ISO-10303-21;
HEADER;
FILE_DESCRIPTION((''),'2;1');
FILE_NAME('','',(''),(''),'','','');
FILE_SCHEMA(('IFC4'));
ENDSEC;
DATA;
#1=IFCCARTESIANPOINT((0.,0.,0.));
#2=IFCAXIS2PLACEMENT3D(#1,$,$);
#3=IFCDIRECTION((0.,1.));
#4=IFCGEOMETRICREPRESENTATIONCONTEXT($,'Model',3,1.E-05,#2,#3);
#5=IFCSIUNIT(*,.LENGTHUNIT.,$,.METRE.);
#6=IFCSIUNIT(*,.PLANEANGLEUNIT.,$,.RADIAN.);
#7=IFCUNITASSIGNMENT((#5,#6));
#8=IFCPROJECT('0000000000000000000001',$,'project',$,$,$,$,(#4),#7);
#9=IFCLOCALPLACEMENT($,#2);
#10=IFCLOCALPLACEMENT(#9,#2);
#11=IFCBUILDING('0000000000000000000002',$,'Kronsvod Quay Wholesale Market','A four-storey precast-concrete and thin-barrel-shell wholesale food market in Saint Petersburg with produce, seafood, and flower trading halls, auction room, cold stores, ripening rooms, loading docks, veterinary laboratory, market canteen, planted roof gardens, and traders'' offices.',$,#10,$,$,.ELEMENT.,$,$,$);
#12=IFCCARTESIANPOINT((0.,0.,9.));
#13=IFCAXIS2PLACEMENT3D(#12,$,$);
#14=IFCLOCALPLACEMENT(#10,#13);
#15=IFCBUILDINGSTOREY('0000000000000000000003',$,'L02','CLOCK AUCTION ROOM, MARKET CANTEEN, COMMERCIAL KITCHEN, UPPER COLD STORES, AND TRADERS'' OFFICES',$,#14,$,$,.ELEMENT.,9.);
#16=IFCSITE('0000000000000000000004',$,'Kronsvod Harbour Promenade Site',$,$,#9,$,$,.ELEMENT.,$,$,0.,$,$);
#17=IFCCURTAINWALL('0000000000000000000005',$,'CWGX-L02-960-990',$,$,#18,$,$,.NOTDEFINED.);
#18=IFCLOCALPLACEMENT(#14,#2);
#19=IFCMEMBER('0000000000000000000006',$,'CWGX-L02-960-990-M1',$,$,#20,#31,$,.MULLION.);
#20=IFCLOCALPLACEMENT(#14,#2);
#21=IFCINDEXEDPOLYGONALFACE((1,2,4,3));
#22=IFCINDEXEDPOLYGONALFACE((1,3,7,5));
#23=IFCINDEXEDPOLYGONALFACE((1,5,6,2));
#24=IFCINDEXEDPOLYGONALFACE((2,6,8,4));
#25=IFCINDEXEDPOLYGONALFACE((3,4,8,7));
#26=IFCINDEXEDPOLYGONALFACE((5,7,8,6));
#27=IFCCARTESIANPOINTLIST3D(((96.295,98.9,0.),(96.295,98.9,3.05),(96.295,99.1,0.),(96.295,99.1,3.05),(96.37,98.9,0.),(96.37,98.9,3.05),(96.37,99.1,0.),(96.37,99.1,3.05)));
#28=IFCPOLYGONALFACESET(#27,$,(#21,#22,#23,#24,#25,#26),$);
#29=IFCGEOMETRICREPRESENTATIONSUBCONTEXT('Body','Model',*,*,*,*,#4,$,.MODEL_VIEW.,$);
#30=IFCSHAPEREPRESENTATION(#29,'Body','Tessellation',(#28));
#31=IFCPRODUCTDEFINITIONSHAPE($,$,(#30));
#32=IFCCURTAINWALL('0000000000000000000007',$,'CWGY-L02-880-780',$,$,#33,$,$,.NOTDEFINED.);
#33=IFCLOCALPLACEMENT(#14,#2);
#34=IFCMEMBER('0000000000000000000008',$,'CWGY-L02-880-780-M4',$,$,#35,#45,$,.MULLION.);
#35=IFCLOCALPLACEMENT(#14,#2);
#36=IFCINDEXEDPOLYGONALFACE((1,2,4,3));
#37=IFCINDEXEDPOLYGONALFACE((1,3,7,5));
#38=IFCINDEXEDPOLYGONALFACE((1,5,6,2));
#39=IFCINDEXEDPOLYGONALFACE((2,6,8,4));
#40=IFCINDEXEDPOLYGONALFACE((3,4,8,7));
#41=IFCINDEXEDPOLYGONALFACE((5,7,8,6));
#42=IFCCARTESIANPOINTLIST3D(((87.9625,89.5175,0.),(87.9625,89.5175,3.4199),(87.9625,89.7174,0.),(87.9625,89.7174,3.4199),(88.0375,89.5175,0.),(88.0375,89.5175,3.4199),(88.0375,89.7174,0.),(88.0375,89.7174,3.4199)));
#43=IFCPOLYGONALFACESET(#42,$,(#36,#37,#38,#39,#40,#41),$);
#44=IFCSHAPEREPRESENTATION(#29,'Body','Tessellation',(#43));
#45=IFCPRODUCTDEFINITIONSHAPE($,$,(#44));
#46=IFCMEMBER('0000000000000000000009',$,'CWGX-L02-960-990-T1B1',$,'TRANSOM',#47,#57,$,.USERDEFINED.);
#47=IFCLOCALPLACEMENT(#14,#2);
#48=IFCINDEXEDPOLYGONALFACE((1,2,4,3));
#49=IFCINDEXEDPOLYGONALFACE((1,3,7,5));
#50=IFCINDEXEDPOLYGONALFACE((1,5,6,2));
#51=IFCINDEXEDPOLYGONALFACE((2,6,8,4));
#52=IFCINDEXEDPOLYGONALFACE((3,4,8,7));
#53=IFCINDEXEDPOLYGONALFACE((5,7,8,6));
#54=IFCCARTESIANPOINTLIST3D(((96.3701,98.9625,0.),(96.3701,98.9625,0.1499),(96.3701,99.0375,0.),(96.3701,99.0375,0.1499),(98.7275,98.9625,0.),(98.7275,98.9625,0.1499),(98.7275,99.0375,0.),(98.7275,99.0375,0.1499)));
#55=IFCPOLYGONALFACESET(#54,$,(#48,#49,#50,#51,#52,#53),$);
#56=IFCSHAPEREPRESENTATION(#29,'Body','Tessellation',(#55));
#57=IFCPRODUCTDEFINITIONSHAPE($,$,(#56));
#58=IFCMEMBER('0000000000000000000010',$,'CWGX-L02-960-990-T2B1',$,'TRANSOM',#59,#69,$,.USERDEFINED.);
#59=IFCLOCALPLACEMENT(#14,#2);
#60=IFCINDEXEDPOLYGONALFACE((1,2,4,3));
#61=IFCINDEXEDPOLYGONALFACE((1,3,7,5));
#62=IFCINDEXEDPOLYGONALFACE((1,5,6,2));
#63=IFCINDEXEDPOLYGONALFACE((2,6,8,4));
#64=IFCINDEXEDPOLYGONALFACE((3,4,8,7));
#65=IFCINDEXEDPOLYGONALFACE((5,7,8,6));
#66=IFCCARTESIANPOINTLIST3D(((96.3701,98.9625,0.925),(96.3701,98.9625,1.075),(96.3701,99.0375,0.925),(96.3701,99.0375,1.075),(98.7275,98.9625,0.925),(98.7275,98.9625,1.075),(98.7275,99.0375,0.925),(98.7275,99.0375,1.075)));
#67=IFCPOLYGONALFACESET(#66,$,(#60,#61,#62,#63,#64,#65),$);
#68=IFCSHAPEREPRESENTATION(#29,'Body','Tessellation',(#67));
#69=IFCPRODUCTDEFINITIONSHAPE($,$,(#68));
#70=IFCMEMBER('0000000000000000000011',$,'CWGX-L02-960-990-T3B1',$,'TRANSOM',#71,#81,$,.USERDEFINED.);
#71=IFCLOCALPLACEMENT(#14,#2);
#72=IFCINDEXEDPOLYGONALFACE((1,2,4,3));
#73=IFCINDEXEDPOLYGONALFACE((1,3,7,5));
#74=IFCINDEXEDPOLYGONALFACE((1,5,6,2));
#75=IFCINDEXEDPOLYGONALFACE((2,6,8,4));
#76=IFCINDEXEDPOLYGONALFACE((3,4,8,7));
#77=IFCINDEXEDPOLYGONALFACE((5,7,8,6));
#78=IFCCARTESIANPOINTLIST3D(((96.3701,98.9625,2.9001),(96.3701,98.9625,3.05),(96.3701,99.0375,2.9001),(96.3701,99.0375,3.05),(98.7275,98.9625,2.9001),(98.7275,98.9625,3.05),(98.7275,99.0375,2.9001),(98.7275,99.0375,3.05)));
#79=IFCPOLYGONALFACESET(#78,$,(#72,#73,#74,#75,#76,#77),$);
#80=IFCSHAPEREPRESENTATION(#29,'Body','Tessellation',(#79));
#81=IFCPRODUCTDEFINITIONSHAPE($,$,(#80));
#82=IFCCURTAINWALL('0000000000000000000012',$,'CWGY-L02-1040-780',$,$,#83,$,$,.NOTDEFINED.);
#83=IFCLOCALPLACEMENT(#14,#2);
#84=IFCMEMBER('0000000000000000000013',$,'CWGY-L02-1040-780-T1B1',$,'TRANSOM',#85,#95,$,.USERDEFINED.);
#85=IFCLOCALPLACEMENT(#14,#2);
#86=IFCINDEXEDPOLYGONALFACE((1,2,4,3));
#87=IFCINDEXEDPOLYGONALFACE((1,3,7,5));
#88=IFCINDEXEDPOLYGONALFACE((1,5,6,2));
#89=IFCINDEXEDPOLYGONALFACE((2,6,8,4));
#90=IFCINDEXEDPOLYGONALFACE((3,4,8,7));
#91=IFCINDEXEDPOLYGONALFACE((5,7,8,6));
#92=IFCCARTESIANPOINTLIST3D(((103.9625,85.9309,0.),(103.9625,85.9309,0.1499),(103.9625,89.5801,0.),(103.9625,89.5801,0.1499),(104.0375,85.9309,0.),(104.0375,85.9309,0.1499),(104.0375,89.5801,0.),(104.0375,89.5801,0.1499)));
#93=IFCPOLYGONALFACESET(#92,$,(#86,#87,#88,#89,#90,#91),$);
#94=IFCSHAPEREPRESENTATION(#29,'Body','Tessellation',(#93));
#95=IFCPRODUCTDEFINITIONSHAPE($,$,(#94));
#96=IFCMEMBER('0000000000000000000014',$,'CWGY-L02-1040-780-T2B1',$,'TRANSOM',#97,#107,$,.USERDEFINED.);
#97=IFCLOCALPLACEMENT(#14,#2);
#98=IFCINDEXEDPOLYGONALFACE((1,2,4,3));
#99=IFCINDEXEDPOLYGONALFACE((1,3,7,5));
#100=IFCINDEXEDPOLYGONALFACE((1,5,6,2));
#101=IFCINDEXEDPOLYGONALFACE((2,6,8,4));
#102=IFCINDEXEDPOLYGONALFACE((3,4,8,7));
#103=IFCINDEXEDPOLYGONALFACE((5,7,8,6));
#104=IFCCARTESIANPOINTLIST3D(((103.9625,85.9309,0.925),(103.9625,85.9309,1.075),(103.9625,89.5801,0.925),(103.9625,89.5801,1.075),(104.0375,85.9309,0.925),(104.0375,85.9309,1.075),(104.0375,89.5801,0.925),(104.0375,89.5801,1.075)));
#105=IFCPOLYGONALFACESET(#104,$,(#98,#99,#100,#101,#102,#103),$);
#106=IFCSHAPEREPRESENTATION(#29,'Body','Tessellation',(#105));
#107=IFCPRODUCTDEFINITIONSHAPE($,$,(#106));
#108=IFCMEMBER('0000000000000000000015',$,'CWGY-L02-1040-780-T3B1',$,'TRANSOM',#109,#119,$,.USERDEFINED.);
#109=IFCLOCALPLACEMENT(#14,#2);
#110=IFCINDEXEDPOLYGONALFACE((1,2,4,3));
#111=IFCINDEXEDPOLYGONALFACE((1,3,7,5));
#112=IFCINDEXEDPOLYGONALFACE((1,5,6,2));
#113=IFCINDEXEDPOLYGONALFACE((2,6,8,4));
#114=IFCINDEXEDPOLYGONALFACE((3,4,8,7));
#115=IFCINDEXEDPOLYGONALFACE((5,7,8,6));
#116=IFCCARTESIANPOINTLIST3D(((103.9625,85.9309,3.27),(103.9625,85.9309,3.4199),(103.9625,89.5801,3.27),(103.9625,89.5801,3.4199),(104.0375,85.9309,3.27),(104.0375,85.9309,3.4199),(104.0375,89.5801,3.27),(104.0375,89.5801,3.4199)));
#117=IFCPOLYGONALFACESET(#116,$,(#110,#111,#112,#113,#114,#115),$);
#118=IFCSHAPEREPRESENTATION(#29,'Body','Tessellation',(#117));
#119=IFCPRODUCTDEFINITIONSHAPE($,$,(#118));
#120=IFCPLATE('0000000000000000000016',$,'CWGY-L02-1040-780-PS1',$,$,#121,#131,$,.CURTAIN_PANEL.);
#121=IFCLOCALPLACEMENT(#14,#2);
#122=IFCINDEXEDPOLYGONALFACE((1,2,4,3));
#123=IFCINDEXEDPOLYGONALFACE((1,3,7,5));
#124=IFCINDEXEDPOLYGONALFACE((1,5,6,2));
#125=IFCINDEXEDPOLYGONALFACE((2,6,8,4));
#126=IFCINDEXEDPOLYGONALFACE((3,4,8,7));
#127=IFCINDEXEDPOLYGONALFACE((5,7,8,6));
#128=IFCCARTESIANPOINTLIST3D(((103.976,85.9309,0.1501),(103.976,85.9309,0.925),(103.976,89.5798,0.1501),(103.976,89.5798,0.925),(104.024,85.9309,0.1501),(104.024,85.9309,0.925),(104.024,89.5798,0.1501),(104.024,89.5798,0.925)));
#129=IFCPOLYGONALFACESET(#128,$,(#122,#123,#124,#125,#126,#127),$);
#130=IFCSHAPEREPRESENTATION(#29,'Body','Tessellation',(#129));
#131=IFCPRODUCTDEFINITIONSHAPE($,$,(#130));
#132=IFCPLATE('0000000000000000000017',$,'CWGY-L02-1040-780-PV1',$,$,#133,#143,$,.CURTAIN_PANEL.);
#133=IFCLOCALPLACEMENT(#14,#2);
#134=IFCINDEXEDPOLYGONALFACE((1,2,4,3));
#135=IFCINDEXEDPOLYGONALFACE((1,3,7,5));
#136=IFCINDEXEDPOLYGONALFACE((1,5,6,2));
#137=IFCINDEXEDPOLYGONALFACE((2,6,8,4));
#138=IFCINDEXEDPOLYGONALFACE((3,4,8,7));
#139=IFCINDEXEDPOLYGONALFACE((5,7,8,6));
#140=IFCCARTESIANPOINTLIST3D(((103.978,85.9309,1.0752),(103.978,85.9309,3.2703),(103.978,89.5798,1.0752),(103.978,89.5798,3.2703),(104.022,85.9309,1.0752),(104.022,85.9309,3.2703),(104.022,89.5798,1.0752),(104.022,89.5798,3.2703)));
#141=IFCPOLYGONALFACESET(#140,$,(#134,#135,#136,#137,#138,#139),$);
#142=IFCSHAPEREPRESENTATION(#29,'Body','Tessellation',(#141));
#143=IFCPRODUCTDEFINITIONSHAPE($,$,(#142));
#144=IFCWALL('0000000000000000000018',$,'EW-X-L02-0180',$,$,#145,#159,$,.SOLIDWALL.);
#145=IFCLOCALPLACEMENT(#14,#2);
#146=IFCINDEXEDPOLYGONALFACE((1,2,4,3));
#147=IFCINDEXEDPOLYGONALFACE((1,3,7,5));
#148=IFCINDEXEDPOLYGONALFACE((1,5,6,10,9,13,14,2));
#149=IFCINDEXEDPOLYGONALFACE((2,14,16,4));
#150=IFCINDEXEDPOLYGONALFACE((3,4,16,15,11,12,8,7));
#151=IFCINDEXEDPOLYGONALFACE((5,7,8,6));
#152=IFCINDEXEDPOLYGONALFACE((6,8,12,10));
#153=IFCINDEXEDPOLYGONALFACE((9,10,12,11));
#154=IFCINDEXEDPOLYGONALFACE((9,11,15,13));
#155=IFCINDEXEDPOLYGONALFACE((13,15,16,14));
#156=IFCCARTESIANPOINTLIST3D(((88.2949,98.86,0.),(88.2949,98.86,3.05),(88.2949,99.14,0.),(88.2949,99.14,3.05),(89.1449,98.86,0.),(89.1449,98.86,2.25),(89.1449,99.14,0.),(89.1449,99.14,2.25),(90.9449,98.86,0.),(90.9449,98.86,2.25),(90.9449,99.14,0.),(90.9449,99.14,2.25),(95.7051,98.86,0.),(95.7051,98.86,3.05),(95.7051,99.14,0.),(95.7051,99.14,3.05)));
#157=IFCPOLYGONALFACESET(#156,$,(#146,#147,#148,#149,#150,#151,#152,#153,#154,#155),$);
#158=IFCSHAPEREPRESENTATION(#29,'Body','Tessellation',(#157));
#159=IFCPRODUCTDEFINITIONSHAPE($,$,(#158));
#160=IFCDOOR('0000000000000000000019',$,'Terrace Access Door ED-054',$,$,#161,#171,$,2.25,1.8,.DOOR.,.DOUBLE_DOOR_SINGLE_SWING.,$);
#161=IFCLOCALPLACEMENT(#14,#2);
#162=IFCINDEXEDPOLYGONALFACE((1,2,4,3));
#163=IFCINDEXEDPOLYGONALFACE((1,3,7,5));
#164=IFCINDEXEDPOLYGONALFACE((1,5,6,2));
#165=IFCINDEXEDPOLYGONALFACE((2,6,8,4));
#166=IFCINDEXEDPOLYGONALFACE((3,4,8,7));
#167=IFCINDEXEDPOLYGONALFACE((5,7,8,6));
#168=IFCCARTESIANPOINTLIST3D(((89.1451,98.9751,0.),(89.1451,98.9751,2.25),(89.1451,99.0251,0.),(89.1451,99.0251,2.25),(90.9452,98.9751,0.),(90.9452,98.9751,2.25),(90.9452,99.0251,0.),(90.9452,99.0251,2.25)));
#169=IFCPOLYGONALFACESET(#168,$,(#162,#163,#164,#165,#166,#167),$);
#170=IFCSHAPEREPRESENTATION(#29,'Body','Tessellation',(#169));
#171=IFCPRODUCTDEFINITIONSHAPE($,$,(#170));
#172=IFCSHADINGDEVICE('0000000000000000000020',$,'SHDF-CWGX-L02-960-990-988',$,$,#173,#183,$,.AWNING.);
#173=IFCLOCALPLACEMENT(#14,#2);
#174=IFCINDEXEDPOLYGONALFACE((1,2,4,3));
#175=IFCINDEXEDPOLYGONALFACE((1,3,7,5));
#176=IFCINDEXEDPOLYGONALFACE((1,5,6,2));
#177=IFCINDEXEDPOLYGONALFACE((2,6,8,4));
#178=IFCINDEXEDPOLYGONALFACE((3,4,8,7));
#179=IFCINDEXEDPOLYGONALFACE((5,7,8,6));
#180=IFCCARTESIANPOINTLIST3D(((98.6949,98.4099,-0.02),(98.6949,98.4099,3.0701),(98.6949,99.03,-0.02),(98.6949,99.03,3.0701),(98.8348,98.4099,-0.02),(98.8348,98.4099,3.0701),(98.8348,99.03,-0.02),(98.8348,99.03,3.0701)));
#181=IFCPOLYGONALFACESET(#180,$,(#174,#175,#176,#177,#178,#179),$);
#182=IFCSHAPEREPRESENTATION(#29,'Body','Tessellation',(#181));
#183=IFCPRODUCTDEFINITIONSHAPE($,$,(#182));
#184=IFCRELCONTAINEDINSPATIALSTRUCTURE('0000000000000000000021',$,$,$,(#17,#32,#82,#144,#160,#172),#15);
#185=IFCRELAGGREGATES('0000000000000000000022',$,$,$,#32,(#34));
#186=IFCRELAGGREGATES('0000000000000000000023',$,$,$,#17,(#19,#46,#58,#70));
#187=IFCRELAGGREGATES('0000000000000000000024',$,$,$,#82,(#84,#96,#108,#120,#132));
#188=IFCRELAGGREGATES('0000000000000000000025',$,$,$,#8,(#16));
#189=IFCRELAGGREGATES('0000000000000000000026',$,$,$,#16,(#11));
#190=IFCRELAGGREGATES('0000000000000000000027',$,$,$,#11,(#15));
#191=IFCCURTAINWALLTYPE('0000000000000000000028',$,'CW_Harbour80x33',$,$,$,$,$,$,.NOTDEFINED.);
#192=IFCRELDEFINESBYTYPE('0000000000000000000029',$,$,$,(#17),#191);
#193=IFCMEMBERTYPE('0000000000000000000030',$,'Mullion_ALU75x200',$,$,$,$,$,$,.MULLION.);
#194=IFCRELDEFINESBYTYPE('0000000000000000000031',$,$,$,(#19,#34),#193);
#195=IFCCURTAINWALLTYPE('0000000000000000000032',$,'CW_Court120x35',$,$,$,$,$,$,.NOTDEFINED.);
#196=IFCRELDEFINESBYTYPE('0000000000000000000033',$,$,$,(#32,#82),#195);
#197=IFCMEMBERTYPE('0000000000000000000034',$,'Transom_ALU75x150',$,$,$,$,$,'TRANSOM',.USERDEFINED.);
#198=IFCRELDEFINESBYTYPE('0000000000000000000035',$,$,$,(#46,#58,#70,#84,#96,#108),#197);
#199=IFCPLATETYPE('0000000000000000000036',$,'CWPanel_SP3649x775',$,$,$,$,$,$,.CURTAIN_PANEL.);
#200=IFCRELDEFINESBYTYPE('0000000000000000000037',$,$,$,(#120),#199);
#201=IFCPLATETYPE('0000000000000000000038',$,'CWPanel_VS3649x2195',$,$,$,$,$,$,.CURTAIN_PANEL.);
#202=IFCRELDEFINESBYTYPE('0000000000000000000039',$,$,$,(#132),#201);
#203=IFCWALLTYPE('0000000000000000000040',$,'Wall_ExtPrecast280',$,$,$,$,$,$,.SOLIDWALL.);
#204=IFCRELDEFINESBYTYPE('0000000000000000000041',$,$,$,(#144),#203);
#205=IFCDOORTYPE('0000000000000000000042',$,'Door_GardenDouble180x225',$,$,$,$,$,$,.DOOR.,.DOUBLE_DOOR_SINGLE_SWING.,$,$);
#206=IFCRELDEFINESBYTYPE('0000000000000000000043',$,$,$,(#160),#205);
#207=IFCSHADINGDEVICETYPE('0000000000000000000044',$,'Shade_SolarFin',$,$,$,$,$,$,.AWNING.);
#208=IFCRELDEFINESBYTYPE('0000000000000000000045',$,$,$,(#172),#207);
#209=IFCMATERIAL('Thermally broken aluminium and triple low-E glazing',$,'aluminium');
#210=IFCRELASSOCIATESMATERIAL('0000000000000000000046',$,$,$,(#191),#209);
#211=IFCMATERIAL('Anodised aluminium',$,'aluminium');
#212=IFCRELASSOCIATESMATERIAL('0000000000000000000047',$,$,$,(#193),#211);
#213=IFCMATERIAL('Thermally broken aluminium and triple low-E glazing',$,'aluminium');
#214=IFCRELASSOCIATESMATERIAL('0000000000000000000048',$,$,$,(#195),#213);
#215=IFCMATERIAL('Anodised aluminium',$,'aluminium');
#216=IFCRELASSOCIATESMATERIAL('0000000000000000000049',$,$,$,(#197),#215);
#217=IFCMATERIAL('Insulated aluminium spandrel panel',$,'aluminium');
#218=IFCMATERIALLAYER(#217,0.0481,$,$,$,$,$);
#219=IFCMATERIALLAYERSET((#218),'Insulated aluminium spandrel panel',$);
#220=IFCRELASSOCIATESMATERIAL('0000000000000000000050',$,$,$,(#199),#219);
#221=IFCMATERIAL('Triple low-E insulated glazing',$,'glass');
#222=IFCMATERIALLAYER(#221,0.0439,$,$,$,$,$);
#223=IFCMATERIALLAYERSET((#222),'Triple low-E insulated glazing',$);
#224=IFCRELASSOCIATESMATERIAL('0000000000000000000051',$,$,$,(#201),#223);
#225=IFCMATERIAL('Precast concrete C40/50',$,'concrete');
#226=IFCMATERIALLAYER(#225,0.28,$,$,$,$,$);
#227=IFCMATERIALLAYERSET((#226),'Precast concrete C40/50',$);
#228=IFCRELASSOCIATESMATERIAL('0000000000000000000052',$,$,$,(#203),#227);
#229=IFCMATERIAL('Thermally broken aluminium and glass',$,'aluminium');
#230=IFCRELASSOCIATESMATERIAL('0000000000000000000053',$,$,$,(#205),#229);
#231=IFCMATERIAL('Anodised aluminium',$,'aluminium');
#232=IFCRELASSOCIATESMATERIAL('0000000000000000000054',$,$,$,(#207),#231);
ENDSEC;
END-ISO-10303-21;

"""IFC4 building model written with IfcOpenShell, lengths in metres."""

from ifc_helpers import new_model, si_unit, direction, frame, frame_2d, origin, origin_2d, place, context, subcontext, project, spatial, rectangle, extrude, material, layer, layer_set, material_profile, profile_set, type_object, element, fill, aggregate, save


model = new_model("IFC4")

# Units and contexts
model_context = context("Model", 3, precision=1e-05, world=origin(), true_north=direction((0.0, 1.0)))
body_context = subcontext(model_context, "Body", "Model", "MODEL_VIEW")
ifc_project = project(units=[si_unit("LENGTHUNIT", "METRE"), si_unit("PLANEANGLEUNIT", "RADIAN")], contexts=[model_context])

# Site, building, storey
site_placement = place(None, origin())
site = spatial("IfcSite", under=ifc_project, at=site_placement, Name="Kronsvod Harbour Promenade Site", CompositionType="ELEMENT", RefElevation=0.0)
building_placement = place(site_placement, origin())
building = spatial("IfcBuilding", under=site, at=building_placement, Name="Kronsvod Quay Wholesale Market", Description="A four-storey precast-concrete and thin-barrel-shell wholesale food market in Saint Petersburg with produce, seafood, and flower trading halls, auction room, cold stores, ripening rooms, loading docks, veterinary laboratory, market canteen, planted roof gardens, and traders' offices.", CompositionType="ELEMENT")
storey_placement = place(building_placement, frame((0.0, 0.0, 9.0)))
storey = spatial("IfcBuildingStorey", under=building, at=storey_placement, Name="L02", Description="CLOCK AUCTION ROOM, MARKET CANTEEN, COMMERCIAL KITCHEN, UPPER COLD STORES, AND TRADERS' OFFICES", CompositionType="ELEMENT", Elevation=9.0)

# Curtain walls, members
ifc_material_1 = material(Name="Thermally broken aluminium and triple low-E glazing", Category="aluminium")
curtain_wall_type_1 = type_object("IfcCurtainWallType", Name="CW_Harbour80x33", PredefinedType="NOTDEFINED", material=ifc_material_1)
curtain_wall_1_placement = place(storey_placement, origin())
curtain_wall_1 = element("IfcCurtainWall", 1, at=curtain_wall_1_placement, inside=storey, type_object=curtain_wall_type_1, Name="CWGX-L02-960-990", PredefinedType="NOTDEFINED")
ifc_material_2 = material(Name="Anodised aluminium", Category="aluminium")
ifc_material_profile_1 = material_profile(ifc_material_2, rectangle(XDim=0.075, YDim=0.2, at=origin_2d()), Name="ALUM75x200")
ifc_profile_set_1 = profile_set([ifc_material_profile_1], Name="Anodised aluminium")
member_type_1 = type_object("IfcMemberType", Name="Mullion_ALU75x200", PredefinedType="MULLION", material=ifc_profile_set_1)
member_1_placement = place(storey_placement, frame((96.3325, 99.0, 0.0), z_axis=(0.0, 0.0, 1.0), x_axis=(1.0, 0.0, 0.0)))
member_1 = element("IfcMember", 2, at=member_1_placement, type_object=member_type_1, Name="CWGX-L02-960-990-M1", PredefinedType="MULLION", context=body_context, shape_type="SweptSolid", body=[
    extrude(rectangle(XDim=0.075, YDim=0.2, at=origin_2d()), origin(), (0.0, 0.0, 1.0), 3.05),
])
ifc_material_3 = material(Name="Thermally broken aluminium and triple low-E glazing", Category="aluminium")
curtain_wall_type_2 = type_object("IfcCurtainWallType", Name="CW_Court120x35", PredefinedType="NOTDEFINED", material=ifc_material_3)
curtain_wall_2_placement = place(storey_placement, origin())
curtain_wall_2 = element("IfcCurtainWall", 3, at=curtain_wall_2_placement, inside=storey, type_object=curtain_wall_type_2, Name="CWGY-L02-880-780", PredefinedType="NOTDEFINED")
member_2_placement = place(storey_placement, frame((88.0, 89.6174, 0.0), z_axis=(0.0, 0.0, 1.0), x_axis=(1.0, 0.0, 0.0)))
member_2 = element("IfcMember", 4, at=member_2_placement, type_object=member_type_1, Name="CWGY-L02-880-780-M4", PredefinedType="MULLION", context=body_context, shape_type="SweptSolid", body=[
    extrude(rectangle(XDim=0.075, YDim=0.2, at=origin_2d()), origin(), (0.0, 0.0, 1.0), 3.4199),
])
aggregate(curtain_wall_2, [member_2])

# Members
ifc_material_4 = material(Name="Anodised aluminium", Category="aluminium")
ifc_material_profile_2 = material_profile(ifc_material_4, rectangle(XDim=0.075, YDim=0.1499, at=origin_2d()), Name="ALUT75x150")
ifc_profile_set_2 = profile_set([ifc_material_profile_2], Name="Anodised aluminium")
member_type_2 = type_object("IfcMemberType", Name="Transom_ALU75x150", ElementType="TRANSOM", PredefinedType="USERDEFINED", material=ifc_profile_set_2)
member_3_placement = place(storey_placement, frame((96.3701, 99.0, 0.075), z_axis=(1.0, 0.0, 0.0), x_axis=(0.0, 1.0, 0.0)))
member_3 = element("IfcMember", 5, at=member_3_placement, type_object=member_type_2, Name="CWGX-L02-960-990-T1B1", ObjectType="TRANSOM", PredefinedType="USERDEFINED", context=body_context, shape_type="SweptSolid", body=[
    extrude(rectangle(XDim=0.075, YDim=0.1499, at=origin_2d()), origin(), (0.0, 0.0, 1.0), 2.3574),
])
member_4_placement = place(storey_placement, frame((96.3701, 99.0, 1.0), z_axis=(1.0, 0.0, 0.0), x_axis=(0.0, 1.0, 0.0)))
member_4 = element("IfcMember", 6, at=member_4_placement, type_object=member_type_2, Name="CWGX-L02-960-990-T2B1", ObjectType="TRANSOM", PredefinedType="USERDEFINED", context=body_context, shape_type="SweptSolid", body=[
    extrude(rectangle(XDim=0.075, YDim=0.1499, at=origin_2d()), origin(), (0.0, 0.0, 1.0), 2.3574),
])
member_5_placement = place(storey_placement, frame((96.3701, 99.0, 2.9751), z_axis=(1.0, 0.0, 0.0), x_axis=(0.0, 1.0, 0.0)))
member_5 = element("IfcMember", 7, at=member_5_placement, type_object=member_type_2, Name="CWGX-L02-960-990-T3B1", ObjectType="TRANSOM", PredefinedType="USERDEFINED", context=body_context, shape_type="SweptSolid", body=[
    extrude(rectangle(XDim=0.075, YDim=0.1499, at=origin_2d()), origin(), (0.0, 0.0, 1.0), 2.3574),
])
aggregate(curtain_wall_1, [member_1, member_3, member_4, member_5])

# Curtain wall, members, plates
curtain_wall_3_placement = place(storey_placement, origin())
curtain_wall_3 = element("IfcCurtainWall", 8, at=curtain_wall_3_placement, inside=storey, type_object=curtain_wall_type_2, Name="CWGY-L02-1040-780", PredefinedType="NOTDEFINED")
member_6_placement = place(storey_placement, frame((104.0, 89.5801, 0.075), z_axis=(0.0, -1.0, 0.0), x_axis=(1.0, 0.0, 0.0)))
member_6 = element("IfcMember", 9, at=member_6_placement, type_object=member_type_2, Name="CWGY-L02-1040-780-T1B1", ObjectType="TRANSOM", PredefinedType="USERDEFINED", context=body_context, shape_type="SweptSolid", body=[
    extrude(rectangle(XDim=0.075, YDim=0.1499, at=origin_2d()), origin(), (0.0, 0.0, 1.0), 3.6492),
])
member_7_placement = place(storey_placement, frame((104.0, 89.5801, 1.0), z_axis=(0.0, -1.0, 0.0), x_axis=(1.0, 0.0, 0.0)))
member_7 = element("IfcMember", 10, at=member_7_placement, type_object=member_type_2, Name="CWGY-L02-1040-780-T2B1", ObjectType="TRANSOM", PredefinedType="USERDEFINED", context=body_context, shape_type="SweptSolid", body=[
    extrude(rectangle(XDim=0.075, YDim=0.1499, at=origin_2d()), origin(), (0.0, 0.0, 1.0), 3.6492),
])
member_8_placement = place(storey_placement, frame((104.0, 89.5801, 3.345), z_axis=(0.0, -1.0, 0.0), x_axis=(1.0, 0.0, 0.0)))
member_8 = element("IfcMember", 11, at=member_8_placement, type_object=member_type_2, Name="CWGY-L02-1040-780-T3B1", ObjectType="TRANSOM", PredefinedType="USERDEFINED", context=body_context, shape_type="SweptSolid", body=[
    extrude(rectangle(XDim=0.075, YDim=0.1499, at=origin_2d()), origin(), (0.0, 0.0, 1.0), 3.6492),
])
ifc_material_5 = material(Name="Insulated aluminium spandrel panel", Category="aluminium")
ifc_layer_1 = layer(ifc_material_5, 0.0481)
ifc_layer_set_1 = layer_set([ifc_layer_1], Name="Insulated aluminium spandrel panel")
plate_type_1 = type_object("IfcPlateType", Name="CWPanel_SP3649x775", PredefinedType="CURTAIN_PANEL", material=ifc_layer_set_1)
plate_1_placement = place(storey_placement, frame((104.0, 87.7554, 0.1501), z_axis=(0.0, 0.0, 1.0), x_axis=(0.0, -1.0, 0.0)))
plate_1 = element("IfcPlate", 12, at=plate_1_placement, type_object=plate_type_1, Name="CWGY-L02-1040-780-PS1", PredefinedType="CURTAIN_PANEL", context=body_context, shape_type="SweptSolid", body=[
    extrude(rectangle(XDim=3.6489, YDim=0.0481, at=origin_2d()), origin(), (0.0, 0.0, 1.0), 0.7749),
])
ifc_material_6 = material(Name="Triple low-E insulated glazing", Category="glass")
ifc_layer_2 = layer(ifc_material_6, 0.0439)
ifc_layer_set_2 = layer_set([ifc_layer_2], Name="Triple low-E insulated glazing")
plate_type_2 = type_object("IfcPlateType", Name="CWPanel_VS3649x2195", PredefinedType="CURTAIN_PANEL", material=ifc_layer_set_2)
plate_2_placement = place(storey_placement, frame((104.0, 87.7554, 1.0752), z_axis=(0.0, 0.0, 1.0), x_axis=(0.0, -1.0, 0.0)))
plate_2 = element("IfcPlate", 13, at=plate_2_placement, type_object=plate_type_2, Name="CWGY-L02-1040-780-PV1", PredefinedType="CURTAIN_PANEL", context=body_context, shape_type="SweptSolid", body=[
    extrude(rectangle(XDim=3.6489, YDim=0.0439, at=origin_2d()), origin(), (0.0, 0.0, 1.0), 2.1951),
])
aggregate(curtain_wall_3, [member_6, member_7, member_8, plate_1, plate_2])

# Wall, opening, door
ifc_material_7 = material(Name="Precast concrete C40/50", Category="concrete")
ifc_layer_3 = layer(ifc_material_7, 0.28)
ifc_layer_set_3 = layer_set([ifc_layer_3], Name="Precast concrete C40/50")
wall_type = type_object("IfcWallType", Name="Wall_ExtPrecast280", PredefinedType="SOLIDWALL", material=ifc_layer_set_3)
wall_placement = place(storey_placement, frame((88.2949, 99.0, 0.0), z_axis=(0.0, 0.0, 1.0), x_axis=(1.0, 0.0, 0.0)))
wall = element("IfcWall", 14, at=wall_placement, inside=storey, type_object=wall_type, Name="EW-X-L02-0180", PredefinedType="SOLIDWALL", context=body_context, shape_type="SweptSolid", body=[
    extrude(rectangle(XDim=7.4102, YDim=0.28, at=frame_2d((3.7051, 0.0))), origin(), (0.0, 0.0, 1.0), 3.05),
])
opening_placement = place(wall_placement, frame((0.8501, 0.0, 0.0)))
opening = element("IfcOpeningElement", 15, at=opening_placement, cuts=wall, PredefinedType="OPENING", context=body_context, shape_type="SweptSolid", body=[
    extrude(rectangle(XDim=1.8, YDim=2.25, at=frame_2d((0.8999, 1.125))), frame((0.0, 0.1499, 0.0), z_axis=(0.0, -1.0, 0.0), x_axis=(1.0, 0.0, 0.0)), (0.0, 0.0, 1.0), 0.3),
])
ifc_material_8 = material(Name="Thermally broken aluminium and glass", Category="aluminium")
door_type = type_object("IfcDoorType", Name="Door_GardenDouble180x225", OperationType="DOUBLE_DOOR_SINGLE_SWING", PredefinedType="DOOR", material=ifc_material_8)
door_placement = place(opening_placement, frame((1.8, 0.0, 0.0), z_axis=(0.0, 0.0, 1.0), x_axis=(-1.0, 0.0, 0.0)))
door = element("IfcDoor", 16, at=door_placement, inside=storey, type_object=door_type, Name="Terrace Access Door ED-054", OperationType="DOUBLE_DOOR_SINGLE_SWING", OverallHeight=2.25, OverallWidth=1.8, PredefinedType="DOOR", context=body_context, shape_type="SweptSolid", body=[
    extrude(rectangle(XDim=1.8, YDim=2.25, at=frame_2d((0.8999, 1.125))), frame((0.0, 0.0249, 0.0), z_axis=(0.0, -1.0, 0.0), x_axis=(1.0, 0.0, 0.0)), (0.0, 0.0, 1.0), 0.05),
])
fill(opening, door)

# Shading device
ifc_material_9 = material(Name="Anodised aluminium", Category="aluminium")
shading_device_type_1 = type_object("IfcShadingDeviceType", Name="Shade_SolarFin", PredefinedType="AWNING", material=ifc_material_9)
for number, where, z_axis, x_axis, name in (
    (17, (98.7649, 98.72, -0.02), (0.0, 0.0, 1.0), (1.0, 0.0, 0.0), "SHDF-CWGX-L02-960-990-988"),
):
    element("IfcShadingDevice", number, at=place(storey_placement, frame(where, z_axis=z_axis, x_axis=x_axis)), inside=storey, type_object=shading_device_type_1, Name=name, PredefinedType="AWNING", context=body_context, shape_type="SweptSolid", body=[
        extrude(rectangle(XDim=0.1399, YDim=0.6201, at=origin_2d()), origin(), (0.0, 0.0, 1.0), 3.0901),
    ])

save(model, "model.ifc")
